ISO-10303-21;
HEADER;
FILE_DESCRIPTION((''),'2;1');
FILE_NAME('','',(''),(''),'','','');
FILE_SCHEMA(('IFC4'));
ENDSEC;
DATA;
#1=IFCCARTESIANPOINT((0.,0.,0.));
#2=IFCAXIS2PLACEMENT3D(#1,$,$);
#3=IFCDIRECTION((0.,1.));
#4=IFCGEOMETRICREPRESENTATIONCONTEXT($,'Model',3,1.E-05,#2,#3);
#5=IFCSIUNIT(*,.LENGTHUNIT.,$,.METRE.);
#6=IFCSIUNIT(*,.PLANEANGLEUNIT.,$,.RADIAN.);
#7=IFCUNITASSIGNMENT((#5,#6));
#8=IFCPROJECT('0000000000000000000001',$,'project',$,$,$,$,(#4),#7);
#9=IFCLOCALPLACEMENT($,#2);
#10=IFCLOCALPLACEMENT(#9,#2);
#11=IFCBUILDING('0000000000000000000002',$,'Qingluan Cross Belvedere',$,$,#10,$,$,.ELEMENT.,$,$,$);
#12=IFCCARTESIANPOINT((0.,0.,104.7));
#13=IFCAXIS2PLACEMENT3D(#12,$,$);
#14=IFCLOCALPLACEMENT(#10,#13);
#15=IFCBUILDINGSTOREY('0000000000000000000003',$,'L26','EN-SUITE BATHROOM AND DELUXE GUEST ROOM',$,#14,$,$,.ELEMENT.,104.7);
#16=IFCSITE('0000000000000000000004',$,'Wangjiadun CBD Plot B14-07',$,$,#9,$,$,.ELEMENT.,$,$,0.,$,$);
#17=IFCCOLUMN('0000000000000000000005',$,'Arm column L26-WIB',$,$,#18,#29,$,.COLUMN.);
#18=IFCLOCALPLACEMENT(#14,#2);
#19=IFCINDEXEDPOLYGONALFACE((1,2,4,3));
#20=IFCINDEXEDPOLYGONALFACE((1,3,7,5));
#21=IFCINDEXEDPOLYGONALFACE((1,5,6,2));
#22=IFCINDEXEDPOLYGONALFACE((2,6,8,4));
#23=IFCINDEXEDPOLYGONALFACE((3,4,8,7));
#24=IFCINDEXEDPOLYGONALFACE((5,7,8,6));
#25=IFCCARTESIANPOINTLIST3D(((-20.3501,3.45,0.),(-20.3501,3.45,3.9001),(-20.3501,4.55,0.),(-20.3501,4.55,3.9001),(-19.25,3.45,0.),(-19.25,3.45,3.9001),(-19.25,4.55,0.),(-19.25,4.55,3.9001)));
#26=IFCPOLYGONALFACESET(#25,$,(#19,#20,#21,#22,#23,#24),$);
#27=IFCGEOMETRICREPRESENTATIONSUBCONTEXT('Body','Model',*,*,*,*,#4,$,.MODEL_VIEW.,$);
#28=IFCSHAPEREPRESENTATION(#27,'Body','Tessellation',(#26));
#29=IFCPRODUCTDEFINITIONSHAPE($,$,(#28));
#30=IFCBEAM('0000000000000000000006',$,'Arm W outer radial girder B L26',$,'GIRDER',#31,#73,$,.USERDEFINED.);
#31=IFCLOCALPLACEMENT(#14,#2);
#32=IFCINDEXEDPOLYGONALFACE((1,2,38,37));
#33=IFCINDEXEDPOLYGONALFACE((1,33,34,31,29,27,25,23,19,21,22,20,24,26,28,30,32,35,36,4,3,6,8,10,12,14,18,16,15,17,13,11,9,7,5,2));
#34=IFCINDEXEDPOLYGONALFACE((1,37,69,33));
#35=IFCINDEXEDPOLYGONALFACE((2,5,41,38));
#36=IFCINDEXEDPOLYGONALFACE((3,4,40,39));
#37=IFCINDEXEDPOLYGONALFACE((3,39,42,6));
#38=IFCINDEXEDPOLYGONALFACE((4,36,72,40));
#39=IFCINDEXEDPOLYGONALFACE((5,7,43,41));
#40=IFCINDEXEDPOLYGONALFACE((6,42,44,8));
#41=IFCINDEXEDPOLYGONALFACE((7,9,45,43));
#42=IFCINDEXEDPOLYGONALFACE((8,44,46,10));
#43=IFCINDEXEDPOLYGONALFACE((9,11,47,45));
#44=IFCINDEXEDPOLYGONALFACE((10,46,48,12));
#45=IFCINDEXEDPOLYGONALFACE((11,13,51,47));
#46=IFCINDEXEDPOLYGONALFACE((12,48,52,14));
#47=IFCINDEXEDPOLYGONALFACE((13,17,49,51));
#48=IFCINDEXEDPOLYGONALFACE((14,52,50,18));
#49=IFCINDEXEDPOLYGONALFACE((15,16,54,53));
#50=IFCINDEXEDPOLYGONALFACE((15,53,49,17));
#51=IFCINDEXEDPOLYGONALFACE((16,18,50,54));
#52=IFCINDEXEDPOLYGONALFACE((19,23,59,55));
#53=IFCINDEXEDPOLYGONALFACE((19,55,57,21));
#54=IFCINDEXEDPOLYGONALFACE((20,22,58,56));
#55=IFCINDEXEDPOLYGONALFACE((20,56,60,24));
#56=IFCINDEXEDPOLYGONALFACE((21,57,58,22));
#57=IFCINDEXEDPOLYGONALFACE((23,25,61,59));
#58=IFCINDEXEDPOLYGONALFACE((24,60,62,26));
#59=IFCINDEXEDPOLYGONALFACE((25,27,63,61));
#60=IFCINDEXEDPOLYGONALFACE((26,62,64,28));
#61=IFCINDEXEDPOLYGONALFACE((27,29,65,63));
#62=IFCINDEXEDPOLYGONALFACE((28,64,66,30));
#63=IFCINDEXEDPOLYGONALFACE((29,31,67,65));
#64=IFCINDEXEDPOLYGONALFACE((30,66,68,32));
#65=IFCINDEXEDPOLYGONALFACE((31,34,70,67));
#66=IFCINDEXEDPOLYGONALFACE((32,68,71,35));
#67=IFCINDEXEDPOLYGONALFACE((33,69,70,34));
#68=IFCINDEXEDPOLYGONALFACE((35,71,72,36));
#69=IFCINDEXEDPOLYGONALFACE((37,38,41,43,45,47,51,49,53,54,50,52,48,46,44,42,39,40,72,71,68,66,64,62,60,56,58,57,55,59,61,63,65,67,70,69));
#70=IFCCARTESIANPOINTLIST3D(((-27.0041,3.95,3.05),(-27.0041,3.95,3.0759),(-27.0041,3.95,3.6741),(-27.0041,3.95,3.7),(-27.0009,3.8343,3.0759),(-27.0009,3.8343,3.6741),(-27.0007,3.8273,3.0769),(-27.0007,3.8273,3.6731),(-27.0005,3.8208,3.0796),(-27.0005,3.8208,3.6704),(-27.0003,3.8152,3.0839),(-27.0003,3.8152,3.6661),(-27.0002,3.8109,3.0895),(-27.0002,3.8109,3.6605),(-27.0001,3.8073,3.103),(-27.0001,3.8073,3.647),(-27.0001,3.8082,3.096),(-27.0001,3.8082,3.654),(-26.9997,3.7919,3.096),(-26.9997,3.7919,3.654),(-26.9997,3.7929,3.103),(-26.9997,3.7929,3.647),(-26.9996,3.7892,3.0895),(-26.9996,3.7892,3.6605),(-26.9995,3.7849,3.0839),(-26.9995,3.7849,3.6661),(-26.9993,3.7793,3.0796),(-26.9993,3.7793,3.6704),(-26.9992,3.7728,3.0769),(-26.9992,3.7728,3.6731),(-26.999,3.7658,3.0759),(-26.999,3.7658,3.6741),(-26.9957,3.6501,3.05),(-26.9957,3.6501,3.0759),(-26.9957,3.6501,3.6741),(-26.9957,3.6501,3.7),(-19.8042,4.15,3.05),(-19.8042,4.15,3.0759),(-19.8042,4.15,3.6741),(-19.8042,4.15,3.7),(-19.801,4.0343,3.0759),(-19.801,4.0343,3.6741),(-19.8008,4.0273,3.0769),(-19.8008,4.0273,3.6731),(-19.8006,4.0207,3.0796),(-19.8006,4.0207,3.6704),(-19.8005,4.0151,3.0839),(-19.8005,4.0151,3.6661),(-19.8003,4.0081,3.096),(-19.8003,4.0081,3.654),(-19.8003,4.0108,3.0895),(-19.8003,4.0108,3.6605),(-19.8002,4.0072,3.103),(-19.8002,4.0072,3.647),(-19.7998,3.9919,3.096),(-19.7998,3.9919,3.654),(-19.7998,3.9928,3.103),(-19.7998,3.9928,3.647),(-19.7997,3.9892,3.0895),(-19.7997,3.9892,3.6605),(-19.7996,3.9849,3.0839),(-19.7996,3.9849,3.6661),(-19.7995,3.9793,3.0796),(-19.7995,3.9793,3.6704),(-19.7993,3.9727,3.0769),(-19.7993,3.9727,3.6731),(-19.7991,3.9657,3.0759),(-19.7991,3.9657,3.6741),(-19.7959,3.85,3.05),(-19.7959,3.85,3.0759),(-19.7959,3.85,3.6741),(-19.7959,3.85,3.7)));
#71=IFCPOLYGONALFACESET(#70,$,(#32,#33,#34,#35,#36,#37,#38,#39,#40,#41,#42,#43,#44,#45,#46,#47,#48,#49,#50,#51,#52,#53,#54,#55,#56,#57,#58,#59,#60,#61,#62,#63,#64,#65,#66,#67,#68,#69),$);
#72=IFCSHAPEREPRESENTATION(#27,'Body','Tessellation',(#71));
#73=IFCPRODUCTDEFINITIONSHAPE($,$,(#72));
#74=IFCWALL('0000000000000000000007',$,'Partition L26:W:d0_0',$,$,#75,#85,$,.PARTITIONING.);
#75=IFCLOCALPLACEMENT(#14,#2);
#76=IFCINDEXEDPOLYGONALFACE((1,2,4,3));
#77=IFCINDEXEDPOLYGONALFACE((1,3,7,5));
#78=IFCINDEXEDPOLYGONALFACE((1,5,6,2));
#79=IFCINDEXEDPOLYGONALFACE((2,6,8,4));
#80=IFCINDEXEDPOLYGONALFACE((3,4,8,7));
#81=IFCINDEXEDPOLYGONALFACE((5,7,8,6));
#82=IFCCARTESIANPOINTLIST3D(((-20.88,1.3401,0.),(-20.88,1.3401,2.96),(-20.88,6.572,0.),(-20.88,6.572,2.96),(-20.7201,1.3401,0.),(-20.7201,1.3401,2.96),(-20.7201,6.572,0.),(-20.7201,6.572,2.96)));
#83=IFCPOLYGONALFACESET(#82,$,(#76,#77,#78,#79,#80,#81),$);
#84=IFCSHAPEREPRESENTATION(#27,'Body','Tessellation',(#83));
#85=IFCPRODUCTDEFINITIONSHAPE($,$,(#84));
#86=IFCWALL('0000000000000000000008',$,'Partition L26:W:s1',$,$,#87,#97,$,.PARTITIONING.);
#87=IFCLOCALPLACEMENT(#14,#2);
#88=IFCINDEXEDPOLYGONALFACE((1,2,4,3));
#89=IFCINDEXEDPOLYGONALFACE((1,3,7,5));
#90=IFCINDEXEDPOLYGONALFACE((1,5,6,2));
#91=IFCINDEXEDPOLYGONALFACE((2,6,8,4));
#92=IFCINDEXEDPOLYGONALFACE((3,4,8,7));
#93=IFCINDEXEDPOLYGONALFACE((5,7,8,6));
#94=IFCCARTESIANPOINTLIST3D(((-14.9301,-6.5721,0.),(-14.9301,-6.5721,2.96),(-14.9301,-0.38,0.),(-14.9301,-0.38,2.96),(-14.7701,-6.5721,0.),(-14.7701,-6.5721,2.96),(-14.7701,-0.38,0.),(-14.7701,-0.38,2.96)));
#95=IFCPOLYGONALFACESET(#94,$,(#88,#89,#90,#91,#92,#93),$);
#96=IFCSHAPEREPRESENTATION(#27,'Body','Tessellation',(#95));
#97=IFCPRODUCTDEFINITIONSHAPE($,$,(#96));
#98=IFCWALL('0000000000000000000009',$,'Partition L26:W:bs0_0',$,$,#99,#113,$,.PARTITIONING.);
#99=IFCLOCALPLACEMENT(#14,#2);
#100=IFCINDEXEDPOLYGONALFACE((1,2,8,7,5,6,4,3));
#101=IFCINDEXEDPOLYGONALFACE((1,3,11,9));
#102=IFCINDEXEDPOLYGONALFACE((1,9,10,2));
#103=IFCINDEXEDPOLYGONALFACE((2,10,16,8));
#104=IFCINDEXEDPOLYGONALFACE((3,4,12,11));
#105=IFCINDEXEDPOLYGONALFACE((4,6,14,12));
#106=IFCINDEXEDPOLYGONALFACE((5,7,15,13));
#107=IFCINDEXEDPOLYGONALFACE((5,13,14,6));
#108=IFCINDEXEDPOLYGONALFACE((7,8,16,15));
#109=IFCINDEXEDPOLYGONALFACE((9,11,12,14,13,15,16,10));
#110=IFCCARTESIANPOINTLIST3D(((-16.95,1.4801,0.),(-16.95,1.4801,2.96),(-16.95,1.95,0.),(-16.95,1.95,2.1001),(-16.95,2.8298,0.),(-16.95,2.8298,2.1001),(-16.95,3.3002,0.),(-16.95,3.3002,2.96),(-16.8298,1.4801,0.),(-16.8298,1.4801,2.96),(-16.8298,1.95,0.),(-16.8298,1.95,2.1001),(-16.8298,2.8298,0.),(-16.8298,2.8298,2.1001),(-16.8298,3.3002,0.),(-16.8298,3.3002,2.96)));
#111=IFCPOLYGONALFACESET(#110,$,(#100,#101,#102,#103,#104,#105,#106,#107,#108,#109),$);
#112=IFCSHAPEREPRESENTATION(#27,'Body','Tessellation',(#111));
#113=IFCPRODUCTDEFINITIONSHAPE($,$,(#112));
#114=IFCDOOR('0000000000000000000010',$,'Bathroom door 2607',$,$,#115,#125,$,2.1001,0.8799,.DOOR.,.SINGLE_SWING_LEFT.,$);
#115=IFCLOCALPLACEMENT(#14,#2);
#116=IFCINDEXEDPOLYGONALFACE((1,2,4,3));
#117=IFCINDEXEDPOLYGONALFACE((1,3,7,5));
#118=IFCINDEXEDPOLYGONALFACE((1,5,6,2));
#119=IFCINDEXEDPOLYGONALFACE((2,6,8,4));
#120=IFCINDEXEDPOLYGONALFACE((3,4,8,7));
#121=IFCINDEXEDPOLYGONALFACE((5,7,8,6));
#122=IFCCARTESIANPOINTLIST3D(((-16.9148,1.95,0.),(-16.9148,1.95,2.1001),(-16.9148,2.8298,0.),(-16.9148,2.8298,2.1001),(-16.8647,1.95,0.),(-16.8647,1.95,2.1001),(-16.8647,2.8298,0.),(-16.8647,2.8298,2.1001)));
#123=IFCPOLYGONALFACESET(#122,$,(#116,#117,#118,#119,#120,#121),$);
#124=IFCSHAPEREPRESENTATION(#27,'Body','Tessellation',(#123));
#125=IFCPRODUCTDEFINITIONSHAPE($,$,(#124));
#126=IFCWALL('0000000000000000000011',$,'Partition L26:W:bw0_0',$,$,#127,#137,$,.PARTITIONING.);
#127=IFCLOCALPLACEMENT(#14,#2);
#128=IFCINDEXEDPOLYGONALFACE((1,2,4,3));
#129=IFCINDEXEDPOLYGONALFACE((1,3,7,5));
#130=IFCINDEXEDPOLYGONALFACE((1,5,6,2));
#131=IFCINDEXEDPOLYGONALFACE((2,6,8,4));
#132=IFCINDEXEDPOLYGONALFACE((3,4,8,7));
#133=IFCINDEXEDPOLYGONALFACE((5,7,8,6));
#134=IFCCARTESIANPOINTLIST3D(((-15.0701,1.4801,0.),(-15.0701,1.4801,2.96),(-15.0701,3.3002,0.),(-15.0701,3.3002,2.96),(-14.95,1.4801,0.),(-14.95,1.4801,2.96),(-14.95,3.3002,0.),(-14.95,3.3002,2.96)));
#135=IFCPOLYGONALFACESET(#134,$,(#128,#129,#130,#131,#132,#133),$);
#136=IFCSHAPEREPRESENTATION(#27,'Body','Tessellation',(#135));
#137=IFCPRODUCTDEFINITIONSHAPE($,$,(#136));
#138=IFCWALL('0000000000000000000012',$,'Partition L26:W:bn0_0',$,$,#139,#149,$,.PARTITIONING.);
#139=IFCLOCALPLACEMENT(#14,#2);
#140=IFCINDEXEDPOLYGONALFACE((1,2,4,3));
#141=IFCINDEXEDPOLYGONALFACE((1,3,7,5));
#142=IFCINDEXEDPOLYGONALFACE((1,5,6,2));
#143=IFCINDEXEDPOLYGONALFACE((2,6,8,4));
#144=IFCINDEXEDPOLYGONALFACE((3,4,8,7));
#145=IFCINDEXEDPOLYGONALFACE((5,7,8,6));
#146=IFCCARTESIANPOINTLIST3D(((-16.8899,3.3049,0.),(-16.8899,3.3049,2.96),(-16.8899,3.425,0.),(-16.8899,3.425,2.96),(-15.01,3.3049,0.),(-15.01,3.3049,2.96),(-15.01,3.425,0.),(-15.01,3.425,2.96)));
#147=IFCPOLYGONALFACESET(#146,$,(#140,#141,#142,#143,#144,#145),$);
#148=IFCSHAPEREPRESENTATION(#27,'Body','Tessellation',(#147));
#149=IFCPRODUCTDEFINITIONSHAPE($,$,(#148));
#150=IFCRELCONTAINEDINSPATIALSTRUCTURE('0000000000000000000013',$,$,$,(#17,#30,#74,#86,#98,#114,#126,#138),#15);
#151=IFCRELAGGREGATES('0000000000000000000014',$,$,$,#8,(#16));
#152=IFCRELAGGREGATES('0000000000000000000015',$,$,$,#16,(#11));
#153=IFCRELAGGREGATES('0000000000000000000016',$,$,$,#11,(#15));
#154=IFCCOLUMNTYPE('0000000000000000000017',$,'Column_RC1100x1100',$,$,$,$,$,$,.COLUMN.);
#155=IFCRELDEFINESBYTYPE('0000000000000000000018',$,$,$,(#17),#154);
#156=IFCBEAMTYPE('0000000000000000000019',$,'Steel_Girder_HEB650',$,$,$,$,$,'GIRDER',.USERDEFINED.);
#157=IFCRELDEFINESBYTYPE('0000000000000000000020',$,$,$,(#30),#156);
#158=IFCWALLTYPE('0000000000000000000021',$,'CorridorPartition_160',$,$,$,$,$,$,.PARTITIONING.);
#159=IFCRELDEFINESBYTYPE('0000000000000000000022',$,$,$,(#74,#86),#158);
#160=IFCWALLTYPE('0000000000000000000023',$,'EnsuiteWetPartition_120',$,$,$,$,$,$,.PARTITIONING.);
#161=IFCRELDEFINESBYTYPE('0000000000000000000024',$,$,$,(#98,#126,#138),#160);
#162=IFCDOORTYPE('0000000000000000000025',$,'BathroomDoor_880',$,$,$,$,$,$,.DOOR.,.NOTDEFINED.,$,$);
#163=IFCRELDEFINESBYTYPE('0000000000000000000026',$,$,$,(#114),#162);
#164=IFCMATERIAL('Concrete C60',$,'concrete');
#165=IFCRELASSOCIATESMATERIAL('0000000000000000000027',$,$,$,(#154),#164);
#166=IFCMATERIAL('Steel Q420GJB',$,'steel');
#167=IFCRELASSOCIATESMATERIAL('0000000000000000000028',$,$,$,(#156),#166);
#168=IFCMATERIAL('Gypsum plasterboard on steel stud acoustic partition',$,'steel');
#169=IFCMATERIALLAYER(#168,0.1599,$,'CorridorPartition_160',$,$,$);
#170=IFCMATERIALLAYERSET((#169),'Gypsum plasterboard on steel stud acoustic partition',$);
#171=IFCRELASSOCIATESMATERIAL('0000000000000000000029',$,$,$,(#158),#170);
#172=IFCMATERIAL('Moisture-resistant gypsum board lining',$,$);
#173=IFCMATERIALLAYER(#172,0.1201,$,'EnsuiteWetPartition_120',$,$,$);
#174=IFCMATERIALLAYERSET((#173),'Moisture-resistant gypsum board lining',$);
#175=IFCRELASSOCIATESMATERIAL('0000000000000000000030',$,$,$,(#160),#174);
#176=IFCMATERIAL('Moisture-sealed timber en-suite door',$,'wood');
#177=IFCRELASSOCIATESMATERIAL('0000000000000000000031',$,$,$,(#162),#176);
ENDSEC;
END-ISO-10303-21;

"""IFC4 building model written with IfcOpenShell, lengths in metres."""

from ifc_helpers import new_model, si_unit, direction, frame, frame_2d, origin, origin_2d, place, context, subcontext, project, spatial, rectangle, i_section, extrude, material, layer, layer_set, material_profile, profile_set, type_object, element, fill, save


model = new_model("IFC4")

# Units and contexts
model_context = context("Model", 3, precision=1e-05, world=origin(), true_north=direction((0.0, 1.0)))
body_context = subcontext(model_context, "Body", "Model", "MODEL_VIEW")
ifc_project = project(units=[si_unit("LENGTHUNIT", "METRE"), si_unit("PLANEANGLEUNIT", "RADIAN")], contexts=[model_context])

# Site, building, storey
site_placement = place(None, origin())
site = spatial("IfcSite", under=ifc_project, at=site_placement, Name="Wangjiadun CBD Plot B14-07", CompositionType="ELEMENT", RefElevation=0.0)
building_placement = place(site_placement, origin())
building = spatial("IfcBuilding", under=site, at=building_placement, Name="Qingluan Cross Belvedere", CompositionType="ELEMENT")
storey_placement = place(building_placement, frame((0.0, 0.0, 104.7)))
storey = spatial("IfcBuildingStorey", under=building, at=storey_placement, Name="L26", Description="EN-SUITE BATHROOM AND DELUXE GUEST ROOM", CompositionType="ELEMENT", Elevation=104.7)

# Column
ifc_material_1 = material(Name="Concrete C60", Category="concrete")
ifc_material_profile_1 = material_profile(ifc_material_1, rectangle(XDim=1.1001, YDim=1.1001, at=origin_2d()), Name="RC1100x1100")
ifc_profile_set_1 = profile_set([ifc_material_profile_1], Name="Concrete C60")
column_type = type_object("IfcColumnType", Name="Column_RC1100x1100", PredefinedType="COLUMN", material=ifc_profile_set_1)
column_placement = place(storey_placement, frame((-19.8, 4.0, 0.0), z_axis=(0.0, 0.0, 1.0), x_axis=(1.0, 0.0, 0.0)))
element("IfcColumn", 1, at=column_placement, inside=storey, type_object=column_type, Name="Arm column L26-WIB", PredefinedType="COLUMN", context=body_context, shape_type="SweptSolid", body=[
    extrude(rectangle(XDim=1.1001, YDim=1.1001, at=origin_2d()), origin(), (0.0, 0.0, 1.0), 3.9001),
])

# Beam
ifc_material_2 = material(Name="Steel Q420GJB", Category="steel")
ifc_material_profile_2 = material_profile(ifc_material_2, i_section(OverallWidth=0.3, OverallDepth=0.6499, WebThickness=0.0144, FlangeThickness=0.0259, FilletRadius=0.0271, at=origin_2d()), Name="HEB650")
ifc_profile_set_2 = profile_set([ifc_material_profile_2], Name="Steel Q420GJB")
beam_type = type_object("IfcBeamType", Name="Steel_Girder_HEB650", ElementType="GIRDER", PredefinedType="USERDEFINED", material=ifc_profile_set_2)
beam_placement = place(storey_placement, frame((-19.8, 4.0, 3.375), z_axis=(-0.999615, -0.02776, 0.0), x_axis=(0.02776, -0.999615, 0.0)))
element("IfcBeam", 2, at=beam_placement, inside=storey, type_object=beam_type, Name="Arm W outer radial girder B L26", ObjectType="GIRDER", PredefinedType="USERDEFINED", context=body_context, shape_type="SweptSolid", body=[
    extrude(i_section(OverallWidth=0.3, OverallDepth=0.6499, WebThickness=0.0144, FlangeThickness=0.0259, FilletRadius=0.0271, at=origin_2d()), origin(), (0.0, 0.0, 1.0), 7.2026),
])

# Shared definitions
ifc_material_3 = material(Name="Gypsum plasterboard on steel stud acoustic partition", Category="steel")
ifc_layer_1 = layer(ifc_material_3, 0.1599, Name="CorridorPartition_160")
ifc_layer_set_1 = layer_set([ifc_layer_1], Name="Gypsum plasterboard on steel stud acoustic partition")
wall_type_1 = type_object("IfcWallType", Name="CorridorPartition_160", PredefinedType="PARTITIONING", material=ifc_layer_set_1)

# Wall
wall_1_placement = place(storey_placement, frame((-20.8, 1.3401, 0.0), z_axis=(0.0, 0.0, 1.0), x_axis=(0.0, 1.0, 0.0)))
element("IfcWall", 3, at=wall_1_placement, inside=storey, type_object=wall_type_1, Name="Partition L26:W:d0_0", PredefinedType="PARTITIONING", context=body_context, shape_type="SweptSolid", body=[
    extrude(rectangle(XDim=5.2319, YDim=0.1599, at=frame_2d((2.616, 0.0))), origin(), (0.0, 0.0, 1.0), 2.96),
])

# Wall
wall_2_placement = place(storey_placement, frame((-14.8501, -0.3799, 0.0), z_axis=(0.0, 0.0, 1.0), x_axis=(0.0, -1.0, 0.0)))
element("IfcWall", 4, at=wall_2_placement, inside=storey, type_object=wall_type_1, Name="Partition L26:W:s1", PredefinedType="PARTITIONING", context=body_context, shape_type="SweptSolid", body=[
    extrude(rectangle(XDim=6.1921, YDim=0.1599, at=frame_2d((3.0962, 0.0))), origin(), (0.0, 0.0, 1.0), 2.96),
])

# Wall, opening, door
ifc_material_4 = material(Name="Moisture-resistant gypsum board lining")
ifc_layer_2 = layer(ifc_material_4, 0.1201, Name="EnsuiteWetPartition_120")
ifc_layer_set_2 = layer_set([ifc_layer_2], Name="Moisture-resistant gypsum board lining")
wall_type_2 = type_object("IfcWallType", Name="EnsuiteWetPartition_120", PredefinedType="PARTITIONING", material=ifc_layer_set_2)
wall_3_placement = place(storey_placement, frame((-16.8899, 1.48, 0.0), z_axis=(0.0, 0.0, 1.0), x_axis=(0.0, 1.0, 0.0)))
wall_3 = element("IfcWall", 5, at=wall_3_placement, inside=storey, type_object=wall_type_2, Name="Partition L26:W:bs0_0", PredefinedType="PARTITIONING", context=body_context, shape_type="SweptSolid", body=[
    extrude(rectangle(XDim=1.8201, YDim=0.1201, at=frame_2d((0.9102, 0.0))), origin(), (0.0, 0.0, 1.0), 2.96),
])
opening_1_placement = place(wall_3_placement, frame((0.47, 0.0, 0.0)))
opening_1 = element("IfcOpeningElement", 6, at=opening_1_placement, cuts=wall_3, PredefinedType="OPENING", context=body_context, shape_type="SweptSolid", body=[
    extrude(rectangle(XDim=0.8799, YDim=2.1001, at=frame_2d((0.4399, 1.05))), frame((0.0, 0.0701, 0.0), z_axis=(0.0, -1.0, 0.0), x_axis=(1.0, 0.0, 0.0)), (0.0, 0.0, 1.0), 0.1401),
])
ifc_material_5 = material(Name="Moisture-sealed timber en-suite door", Category="wood")
door_type_1 = type_object("IfcDoorType", Name="BathroomDoor_880", OperationType="NOTDEFINED", PredefinedType="DOOR", material=ifc_material_5)
door_1_placement = place(opening_1_placement, origin())
door_1 = element("IfcDoor", 7, at=door_1_placement, inside=storey, type_object=door_type_1, Name="Bathroom door 2607", OperationType="SINGLE_SWING_LEFT", OverallHeight=2.1001, OverallWidth=0.8799, PredefinedType="DOOR", context=body_context, shape_type="SweptSolid", body=[
    extrude(rectangle(XDim=0.8799, YDim=2.1001, at=frame_2d((0.4399, 1.05))), frame((0.0, 0.0249, 0.0), z_axis=(0.0, -1.0, 0.0), x_axis=(1.0, 0.0, 0.0)), (0.0, 0.0, 1.0), 0.05),
])
fill(opening_1, door_1)

# Walls
wall_4_placement = place(storey_placement, frame((-15.01, 1.48, 0.0), z_axis=(0.0, 0.0, 1.0), x_axis=(0.0, 1.0, 0.0)))
element("IfcWall", 8, at=wall_4_placement, inside=storey, type_object=wall_type_2, Name="Partition L26:W:bw0_0", PredefinedType="PARTITIONING", context=body_context, shape_type="SweptSolid", body=[
    extrude(rectangle(XDim=1.8201, YDim=0.1201, at=frame_2d((0.9102, 0.0))), origin(), (0.0, 0.0, 1.0), 2.96),
])
wall_5_placement = place(storey_placement, frame((-15.01, 3.365, 0.0), z_axis=(0.0, 0.0, 1.0), x_axis=(-1.0, 0.0, 0.0)))
element("IfcWall", 9, at=wall_5_placement, inside=storey, type_object=wall_type_2, Name="Partition L26:W:bn0_0", PredefinedType="PARTITIONING", context=body_context, shape_type="SweptSolid", body=[
    extrude(rectangle(XDim=1.8799, YDim=0.1201, at=frame_2d((0.9399, 0.0))), origin(), (0.0, 0.0, 1.0), 2.96),
])

save(model, "model.ifc")
